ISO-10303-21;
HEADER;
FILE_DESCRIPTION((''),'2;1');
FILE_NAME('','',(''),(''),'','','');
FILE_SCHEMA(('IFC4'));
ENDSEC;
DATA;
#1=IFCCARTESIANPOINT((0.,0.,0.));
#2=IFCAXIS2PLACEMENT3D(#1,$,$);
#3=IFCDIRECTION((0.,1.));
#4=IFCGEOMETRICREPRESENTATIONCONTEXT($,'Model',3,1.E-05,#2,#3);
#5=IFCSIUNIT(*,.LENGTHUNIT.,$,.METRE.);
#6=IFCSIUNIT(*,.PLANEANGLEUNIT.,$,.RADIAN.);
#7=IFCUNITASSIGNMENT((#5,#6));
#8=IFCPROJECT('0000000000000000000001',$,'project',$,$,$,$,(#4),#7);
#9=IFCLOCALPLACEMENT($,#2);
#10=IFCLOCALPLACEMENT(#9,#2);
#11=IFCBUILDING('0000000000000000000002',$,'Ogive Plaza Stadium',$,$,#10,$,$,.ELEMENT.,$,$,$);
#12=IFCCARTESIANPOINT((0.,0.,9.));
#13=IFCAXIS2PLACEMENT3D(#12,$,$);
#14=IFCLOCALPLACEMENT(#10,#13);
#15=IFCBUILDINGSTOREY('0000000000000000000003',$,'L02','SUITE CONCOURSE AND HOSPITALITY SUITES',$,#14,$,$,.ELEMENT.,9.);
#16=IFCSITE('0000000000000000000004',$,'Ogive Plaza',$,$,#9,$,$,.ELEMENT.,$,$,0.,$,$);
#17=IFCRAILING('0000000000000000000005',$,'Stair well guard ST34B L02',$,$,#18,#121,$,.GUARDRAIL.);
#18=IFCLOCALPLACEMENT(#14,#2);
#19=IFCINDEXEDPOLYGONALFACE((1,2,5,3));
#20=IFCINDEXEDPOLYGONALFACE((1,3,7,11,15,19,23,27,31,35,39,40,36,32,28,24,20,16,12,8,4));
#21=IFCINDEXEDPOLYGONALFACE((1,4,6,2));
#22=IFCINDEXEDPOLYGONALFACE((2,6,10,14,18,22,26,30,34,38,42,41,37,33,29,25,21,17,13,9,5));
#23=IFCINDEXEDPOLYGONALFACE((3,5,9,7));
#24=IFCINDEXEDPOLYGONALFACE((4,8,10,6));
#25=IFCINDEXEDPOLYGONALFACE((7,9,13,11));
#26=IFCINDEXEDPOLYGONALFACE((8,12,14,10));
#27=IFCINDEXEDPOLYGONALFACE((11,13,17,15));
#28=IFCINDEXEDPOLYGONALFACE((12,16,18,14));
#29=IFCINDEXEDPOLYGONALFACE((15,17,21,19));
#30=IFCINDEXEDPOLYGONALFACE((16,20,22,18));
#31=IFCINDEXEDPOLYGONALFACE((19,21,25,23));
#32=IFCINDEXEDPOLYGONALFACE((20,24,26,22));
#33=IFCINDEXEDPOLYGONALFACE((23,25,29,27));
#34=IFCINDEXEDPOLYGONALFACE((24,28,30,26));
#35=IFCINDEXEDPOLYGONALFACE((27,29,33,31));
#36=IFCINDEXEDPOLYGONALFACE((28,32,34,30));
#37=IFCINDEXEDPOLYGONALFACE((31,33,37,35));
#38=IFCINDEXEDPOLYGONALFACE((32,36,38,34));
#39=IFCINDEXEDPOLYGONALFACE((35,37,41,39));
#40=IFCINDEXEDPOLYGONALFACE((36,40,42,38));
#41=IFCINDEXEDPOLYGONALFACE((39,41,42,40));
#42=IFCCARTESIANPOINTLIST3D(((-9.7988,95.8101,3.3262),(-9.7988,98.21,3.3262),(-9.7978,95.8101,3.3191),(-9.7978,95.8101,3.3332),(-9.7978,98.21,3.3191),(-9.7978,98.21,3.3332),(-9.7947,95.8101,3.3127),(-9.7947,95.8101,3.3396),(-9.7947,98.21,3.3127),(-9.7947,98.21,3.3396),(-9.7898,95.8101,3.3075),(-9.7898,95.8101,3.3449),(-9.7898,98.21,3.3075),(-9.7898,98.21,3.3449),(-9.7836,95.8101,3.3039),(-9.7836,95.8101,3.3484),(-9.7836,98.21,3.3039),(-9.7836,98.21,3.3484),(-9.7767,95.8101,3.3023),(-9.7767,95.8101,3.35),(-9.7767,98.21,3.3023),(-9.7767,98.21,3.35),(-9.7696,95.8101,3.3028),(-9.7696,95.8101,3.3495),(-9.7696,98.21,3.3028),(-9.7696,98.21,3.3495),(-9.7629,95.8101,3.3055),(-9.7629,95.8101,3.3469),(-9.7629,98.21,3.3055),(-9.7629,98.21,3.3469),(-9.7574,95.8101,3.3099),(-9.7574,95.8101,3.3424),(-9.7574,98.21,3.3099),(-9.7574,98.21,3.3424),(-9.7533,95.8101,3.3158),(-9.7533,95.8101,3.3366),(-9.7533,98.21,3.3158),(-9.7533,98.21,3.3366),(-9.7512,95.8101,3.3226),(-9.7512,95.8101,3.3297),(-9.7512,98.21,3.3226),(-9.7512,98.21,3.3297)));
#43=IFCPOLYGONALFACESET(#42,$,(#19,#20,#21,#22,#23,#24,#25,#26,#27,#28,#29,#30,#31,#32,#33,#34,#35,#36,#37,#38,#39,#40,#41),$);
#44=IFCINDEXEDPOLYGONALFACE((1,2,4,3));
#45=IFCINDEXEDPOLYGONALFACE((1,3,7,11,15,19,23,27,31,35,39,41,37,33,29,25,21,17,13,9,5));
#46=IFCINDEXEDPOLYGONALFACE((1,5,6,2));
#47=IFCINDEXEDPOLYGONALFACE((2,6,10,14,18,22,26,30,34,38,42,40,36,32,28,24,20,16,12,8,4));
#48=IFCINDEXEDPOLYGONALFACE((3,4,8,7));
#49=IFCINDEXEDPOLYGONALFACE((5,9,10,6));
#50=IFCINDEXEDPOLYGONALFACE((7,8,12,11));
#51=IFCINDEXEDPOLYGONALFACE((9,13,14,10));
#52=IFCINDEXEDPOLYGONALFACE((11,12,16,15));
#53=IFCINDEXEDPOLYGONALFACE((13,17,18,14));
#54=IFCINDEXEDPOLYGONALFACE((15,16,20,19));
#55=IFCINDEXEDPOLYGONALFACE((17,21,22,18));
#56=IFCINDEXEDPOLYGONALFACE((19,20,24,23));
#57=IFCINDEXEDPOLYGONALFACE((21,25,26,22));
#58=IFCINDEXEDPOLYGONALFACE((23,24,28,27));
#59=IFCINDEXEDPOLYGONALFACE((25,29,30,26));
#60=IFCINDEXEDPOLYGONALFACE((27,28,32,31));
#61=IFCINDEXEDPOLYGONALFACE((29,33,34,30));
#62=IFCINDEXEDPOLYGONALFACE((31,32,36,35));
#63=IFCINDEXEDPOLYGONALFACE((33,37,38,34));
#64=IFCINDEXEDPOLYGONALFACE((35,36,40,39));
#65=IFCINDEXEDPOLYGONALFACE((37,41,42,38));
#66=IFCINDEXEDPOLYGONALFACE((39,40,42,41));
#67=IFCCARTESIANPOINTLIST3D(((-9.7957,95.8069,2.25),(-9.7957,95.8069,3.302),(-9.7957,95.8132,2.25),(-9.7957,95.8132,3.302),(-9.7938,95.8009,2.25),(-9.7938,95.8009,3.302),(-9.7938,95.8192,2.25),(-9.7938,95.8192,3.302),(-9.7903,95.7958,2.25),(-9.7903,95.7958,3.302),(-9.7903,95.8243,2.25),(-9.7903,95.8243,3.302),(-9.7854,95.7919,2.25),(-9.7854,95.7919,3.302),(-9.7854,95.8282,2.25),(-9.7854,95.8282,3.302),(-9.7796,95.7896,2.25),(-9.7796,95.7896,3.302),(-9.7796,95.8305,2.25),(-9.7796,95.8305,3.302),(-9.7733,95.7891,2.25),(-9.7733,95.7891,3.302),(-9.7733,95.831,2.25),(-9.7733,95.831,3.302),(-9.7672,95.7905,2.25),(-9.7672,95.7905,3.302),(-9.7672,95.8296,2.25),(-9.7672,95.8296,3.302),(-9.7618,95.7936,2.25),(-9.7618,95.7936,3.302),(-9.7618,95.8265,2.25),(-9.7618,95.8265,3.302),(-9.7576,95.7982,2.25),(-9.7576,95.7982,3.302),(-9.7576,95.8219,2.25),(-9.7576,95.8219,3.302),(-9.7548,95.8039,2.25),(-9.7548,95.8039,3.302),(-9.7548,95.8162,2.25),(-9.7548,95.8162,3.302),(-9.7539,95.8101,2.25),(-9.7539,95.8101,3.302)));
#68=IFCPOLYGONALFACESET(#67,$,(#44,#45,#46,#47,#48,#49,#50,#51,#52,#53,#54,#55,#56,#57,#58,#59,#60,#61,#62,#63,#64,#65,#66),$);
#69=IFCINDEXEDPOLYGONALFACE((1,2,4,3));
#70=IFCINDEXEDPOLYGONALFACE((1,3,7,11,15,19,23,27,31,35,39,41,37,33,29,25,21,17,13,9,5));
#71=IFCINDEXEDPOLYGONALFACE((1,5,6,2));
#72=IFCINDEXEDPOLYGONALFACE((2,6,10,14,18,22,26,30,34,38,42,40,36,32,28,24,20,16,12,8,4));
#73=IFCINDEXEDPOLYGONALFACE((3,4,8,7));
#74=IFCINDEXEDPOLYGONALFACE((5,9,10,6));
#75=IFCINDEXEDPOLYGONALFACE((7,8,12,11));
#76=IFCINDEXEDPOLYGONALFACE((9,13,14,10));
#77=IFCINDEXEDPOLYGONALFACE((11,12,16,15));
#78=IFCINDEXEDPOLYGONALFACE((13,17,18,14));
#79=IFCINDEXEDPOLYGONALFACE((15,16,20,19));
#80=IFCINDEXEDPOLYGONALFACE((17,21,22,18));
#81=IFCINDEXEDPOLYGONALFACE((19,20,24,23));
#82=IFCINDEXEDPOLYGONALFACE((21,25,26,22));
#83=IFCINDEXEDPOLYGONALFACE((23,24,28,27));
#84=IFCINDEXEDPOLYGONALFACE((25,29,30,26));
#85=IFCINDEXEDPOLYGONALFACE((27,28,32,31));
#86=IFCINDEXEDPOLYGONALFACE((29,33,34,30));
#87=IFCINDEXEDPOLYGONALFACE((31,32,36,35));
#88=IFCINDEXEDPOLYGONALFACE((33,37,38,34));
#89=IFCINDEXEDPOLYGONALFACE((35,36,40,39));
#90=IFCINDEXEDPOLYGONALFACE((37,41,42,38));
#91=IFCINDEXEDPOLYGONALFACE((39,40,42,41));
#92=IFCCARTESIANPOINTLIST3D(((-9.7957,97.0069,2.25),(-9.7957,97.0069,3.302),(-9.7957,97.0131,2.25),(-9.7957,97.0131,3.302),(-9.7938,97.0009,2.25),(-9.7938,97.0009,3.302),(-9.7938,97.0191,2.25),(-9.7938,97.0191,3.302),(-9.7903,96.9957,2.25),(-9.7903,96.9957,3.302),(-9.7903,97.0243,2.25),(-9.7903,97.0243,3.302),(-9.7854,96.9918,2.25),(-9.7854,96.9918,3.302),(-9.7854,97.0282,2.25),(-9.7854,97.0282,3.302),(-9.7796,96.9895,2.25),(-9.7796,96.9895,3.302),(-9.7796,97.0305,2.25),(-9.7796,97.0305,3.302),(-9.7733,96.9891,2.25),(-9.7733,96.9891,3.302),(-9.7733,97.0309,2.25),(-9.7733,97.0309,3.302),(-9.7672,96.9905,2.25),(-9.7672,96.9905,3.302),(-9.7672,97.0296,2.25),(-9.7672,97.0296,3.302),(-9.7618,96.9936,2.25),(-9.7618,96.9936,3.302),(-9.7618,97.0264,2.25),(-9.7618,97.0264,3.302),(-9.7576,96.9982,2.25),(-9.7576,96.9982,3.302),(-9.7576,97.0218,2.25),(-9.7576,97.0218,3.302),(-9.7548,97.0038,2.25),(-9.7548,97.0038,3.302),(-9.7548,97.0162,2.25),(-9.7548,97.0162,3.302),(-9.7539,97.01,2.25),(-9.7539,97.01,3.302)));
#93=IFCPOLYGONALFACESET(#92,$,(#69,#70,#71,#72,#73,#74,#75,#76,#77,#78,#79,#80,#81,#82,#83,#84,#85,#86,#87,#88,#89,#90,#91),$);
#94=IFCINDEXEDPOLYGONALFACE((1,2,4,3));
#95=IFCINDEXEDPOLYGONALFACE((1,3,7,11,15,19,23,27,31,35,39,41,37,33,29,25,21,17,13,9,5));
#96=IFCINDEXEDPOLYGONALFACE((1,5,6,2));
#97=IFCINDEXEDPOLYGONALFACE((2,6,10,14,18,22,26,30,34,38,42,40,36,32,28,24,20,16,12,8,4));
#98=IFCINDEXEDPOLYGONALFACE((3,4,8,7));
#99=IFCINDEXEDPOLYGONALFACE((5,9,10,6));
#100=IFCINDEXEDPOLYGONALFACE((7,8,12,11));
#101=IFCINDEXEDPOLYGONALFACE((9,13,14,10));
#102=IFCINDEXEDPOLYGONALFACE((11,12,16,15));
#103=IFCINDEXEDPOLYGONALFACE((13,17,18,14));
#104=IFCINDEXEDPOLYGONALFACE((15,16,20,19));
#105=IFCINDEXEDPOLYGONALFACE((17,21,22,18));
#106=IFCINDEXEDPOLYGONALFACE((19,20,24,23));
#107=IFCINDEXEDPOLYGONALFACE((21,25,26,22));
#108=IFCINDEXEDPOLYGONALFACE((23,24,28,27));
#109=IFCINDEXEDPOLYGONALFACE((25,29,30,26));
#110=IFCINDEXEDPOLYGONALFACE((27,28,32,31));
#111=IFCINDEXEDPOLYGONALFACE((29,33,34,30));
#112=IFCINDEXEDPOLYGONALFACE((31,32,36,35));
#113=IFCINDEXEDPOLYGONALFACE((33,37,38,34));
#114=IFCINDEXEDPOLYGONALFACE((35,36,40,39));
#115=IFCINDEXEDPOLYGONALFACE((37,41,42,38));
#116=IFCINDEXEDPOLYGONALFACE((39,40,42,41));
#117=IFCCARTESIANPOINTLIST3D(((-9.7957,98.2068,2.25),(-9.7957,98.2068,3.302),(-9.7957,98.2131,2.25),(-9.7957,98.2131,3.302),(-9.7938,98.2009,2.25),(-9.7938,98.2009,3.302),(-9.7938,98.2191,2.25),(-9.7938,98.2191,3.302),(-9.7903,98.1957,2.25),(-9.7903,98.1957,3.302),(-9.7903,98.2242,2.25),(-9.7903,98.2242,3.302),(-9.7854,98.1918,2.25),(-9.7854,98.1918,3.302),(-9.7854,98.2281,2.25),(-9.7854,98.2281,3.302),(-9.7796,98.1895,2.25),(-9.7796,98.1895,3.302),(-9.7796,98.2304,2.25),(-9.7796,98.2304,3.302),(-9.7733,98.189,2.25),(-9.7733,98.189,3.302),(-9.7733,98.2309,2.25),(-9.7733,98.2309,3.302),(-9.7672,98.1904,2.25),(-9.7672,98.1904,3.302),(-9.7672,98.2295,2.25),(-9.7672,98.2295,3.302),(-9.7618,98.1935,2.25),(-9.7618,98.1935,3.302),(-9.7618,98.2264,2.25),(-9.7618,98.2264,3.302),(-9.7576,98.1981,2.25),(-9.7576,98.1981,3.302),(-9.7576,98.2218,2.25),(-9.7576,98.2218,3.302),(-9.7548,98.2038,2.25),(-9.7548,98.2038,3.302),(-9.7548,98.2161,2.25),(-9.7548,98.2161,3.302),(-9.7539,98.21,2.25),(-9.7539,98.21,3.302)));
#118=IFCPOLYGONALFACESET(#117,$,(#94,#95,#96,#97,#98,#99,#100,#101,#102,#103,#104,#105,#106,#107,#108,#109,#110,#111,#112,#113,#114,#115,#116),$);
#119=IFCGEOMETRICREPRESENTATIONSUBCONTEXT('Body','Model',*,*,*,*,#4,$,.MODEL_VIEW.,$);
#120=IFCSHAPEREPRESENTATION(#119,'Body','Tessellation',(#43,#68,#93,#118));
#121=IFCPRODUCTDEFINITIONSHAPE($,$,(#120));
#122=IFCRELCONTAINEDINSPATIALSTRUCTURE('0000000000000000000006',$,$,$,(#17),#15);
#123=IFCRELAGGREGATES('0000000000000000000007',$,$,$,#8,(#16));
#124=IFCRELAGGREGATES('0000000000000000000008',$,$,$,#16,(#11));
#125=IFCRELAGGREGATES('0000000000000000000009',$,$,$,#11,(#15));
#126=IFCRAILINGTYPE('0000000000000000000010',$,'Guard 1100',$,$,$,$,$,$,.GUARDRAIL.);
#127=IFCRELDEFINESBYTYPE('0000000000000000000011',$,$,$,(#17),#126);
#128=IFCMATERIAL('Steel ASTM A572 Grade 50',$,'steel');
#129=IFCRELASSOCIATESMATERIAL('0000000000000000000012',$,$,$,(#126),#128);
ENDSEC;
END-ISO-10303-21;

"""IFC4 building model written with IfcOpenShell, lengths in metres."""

from ifc_helpers import new_model, si_unit, direction, frame, origin, origin_2d, place, context, subcontext, project, spatial, circle, extrude, material, type_object, element, save


model = new_model("IFC4")

# Units and contexts
model_context = context("Model", 3, precision=1e-05, world=origin(), true_north=direction((0.0, 1.0)))
body_context = subcontext(model_context, "Body", "Model", "MODEL_VIEW")
ifc_project = project(units=[si_unit("LENGTHUNIT", "METRE"), si_unit("PLANEANGLEUNIT", "RADIAN")], contexts=[model_context])

# Site, building, storey
site_placement = place(None, origin())
site = spatial("IfcSite", under=ifc_project, at=site_placement, Name="Ogive Plaza", CompositionType="ELEMENT", RefElevation=0.0)
building_placement = place(site_placement, origin())
building = spatial("IfcBuilding", under=site, at=building_placement, Name="Ogive Plaza Stadium", CompositionType="ELEMENT")
storey_placement = place(building_placement, frame((0.0, 0.0, 9.0)))
storey = spatial("IfcBuildingStorey", under=building, at=storey_placement, Name="L02", Description="SUITE CONCOURSE AND HOSPITALITY SUITES", CompositionType="ELEMENT", Elevation=9.0)

# Railing
ifc_material_1 = material(Name="Steel ASTM A572 Grade 50", Category="steel")
railing_type_1 = type_object("IfcRailingType", Name="Guard 1100", PredefinedType="GUARDRAIL", material=ifc_material_1)
for number, where, name in (
    (1, (-9.7749, 95.8101, 2.25), "Stair well guard ST34B L02"),
):
    element("IfcRailing", number, at=place(storey_placement, frame(where)), inside=storey, type_object=railing_type_1, Name=name, PredefinedType="GUARDRAIL", context=body_context, shape_type="SweptSolid", body=[
        extrude(circle(Radius=0.0239, at=origin_2d()), frame((0.0, 0.0, 1.0762), z_axis=(0.0, 1.0, 0.0), x_axis=(-1.0, 0.0, 0.0)), (0.0, 0.0, 1.0), 2.3999),
        extrude(circle(Radius=0.021, at=origin_2d()), origin(), (0.0, 0.0, 1.0), 1.052),
        extrude(circle(Radius=0.021, at=origin_2d()), frame((0.0, 1.2, 0.0)), (0.0, 0.0, 1.0), 1.052),
        extrude(circle(Radius=0.021, at=origin_2d()), frame((0.0, 2.3999, 0.0)), (0.0, 0.0, 1.0), 1.052),
    ])

save(model, "model.ifc")
